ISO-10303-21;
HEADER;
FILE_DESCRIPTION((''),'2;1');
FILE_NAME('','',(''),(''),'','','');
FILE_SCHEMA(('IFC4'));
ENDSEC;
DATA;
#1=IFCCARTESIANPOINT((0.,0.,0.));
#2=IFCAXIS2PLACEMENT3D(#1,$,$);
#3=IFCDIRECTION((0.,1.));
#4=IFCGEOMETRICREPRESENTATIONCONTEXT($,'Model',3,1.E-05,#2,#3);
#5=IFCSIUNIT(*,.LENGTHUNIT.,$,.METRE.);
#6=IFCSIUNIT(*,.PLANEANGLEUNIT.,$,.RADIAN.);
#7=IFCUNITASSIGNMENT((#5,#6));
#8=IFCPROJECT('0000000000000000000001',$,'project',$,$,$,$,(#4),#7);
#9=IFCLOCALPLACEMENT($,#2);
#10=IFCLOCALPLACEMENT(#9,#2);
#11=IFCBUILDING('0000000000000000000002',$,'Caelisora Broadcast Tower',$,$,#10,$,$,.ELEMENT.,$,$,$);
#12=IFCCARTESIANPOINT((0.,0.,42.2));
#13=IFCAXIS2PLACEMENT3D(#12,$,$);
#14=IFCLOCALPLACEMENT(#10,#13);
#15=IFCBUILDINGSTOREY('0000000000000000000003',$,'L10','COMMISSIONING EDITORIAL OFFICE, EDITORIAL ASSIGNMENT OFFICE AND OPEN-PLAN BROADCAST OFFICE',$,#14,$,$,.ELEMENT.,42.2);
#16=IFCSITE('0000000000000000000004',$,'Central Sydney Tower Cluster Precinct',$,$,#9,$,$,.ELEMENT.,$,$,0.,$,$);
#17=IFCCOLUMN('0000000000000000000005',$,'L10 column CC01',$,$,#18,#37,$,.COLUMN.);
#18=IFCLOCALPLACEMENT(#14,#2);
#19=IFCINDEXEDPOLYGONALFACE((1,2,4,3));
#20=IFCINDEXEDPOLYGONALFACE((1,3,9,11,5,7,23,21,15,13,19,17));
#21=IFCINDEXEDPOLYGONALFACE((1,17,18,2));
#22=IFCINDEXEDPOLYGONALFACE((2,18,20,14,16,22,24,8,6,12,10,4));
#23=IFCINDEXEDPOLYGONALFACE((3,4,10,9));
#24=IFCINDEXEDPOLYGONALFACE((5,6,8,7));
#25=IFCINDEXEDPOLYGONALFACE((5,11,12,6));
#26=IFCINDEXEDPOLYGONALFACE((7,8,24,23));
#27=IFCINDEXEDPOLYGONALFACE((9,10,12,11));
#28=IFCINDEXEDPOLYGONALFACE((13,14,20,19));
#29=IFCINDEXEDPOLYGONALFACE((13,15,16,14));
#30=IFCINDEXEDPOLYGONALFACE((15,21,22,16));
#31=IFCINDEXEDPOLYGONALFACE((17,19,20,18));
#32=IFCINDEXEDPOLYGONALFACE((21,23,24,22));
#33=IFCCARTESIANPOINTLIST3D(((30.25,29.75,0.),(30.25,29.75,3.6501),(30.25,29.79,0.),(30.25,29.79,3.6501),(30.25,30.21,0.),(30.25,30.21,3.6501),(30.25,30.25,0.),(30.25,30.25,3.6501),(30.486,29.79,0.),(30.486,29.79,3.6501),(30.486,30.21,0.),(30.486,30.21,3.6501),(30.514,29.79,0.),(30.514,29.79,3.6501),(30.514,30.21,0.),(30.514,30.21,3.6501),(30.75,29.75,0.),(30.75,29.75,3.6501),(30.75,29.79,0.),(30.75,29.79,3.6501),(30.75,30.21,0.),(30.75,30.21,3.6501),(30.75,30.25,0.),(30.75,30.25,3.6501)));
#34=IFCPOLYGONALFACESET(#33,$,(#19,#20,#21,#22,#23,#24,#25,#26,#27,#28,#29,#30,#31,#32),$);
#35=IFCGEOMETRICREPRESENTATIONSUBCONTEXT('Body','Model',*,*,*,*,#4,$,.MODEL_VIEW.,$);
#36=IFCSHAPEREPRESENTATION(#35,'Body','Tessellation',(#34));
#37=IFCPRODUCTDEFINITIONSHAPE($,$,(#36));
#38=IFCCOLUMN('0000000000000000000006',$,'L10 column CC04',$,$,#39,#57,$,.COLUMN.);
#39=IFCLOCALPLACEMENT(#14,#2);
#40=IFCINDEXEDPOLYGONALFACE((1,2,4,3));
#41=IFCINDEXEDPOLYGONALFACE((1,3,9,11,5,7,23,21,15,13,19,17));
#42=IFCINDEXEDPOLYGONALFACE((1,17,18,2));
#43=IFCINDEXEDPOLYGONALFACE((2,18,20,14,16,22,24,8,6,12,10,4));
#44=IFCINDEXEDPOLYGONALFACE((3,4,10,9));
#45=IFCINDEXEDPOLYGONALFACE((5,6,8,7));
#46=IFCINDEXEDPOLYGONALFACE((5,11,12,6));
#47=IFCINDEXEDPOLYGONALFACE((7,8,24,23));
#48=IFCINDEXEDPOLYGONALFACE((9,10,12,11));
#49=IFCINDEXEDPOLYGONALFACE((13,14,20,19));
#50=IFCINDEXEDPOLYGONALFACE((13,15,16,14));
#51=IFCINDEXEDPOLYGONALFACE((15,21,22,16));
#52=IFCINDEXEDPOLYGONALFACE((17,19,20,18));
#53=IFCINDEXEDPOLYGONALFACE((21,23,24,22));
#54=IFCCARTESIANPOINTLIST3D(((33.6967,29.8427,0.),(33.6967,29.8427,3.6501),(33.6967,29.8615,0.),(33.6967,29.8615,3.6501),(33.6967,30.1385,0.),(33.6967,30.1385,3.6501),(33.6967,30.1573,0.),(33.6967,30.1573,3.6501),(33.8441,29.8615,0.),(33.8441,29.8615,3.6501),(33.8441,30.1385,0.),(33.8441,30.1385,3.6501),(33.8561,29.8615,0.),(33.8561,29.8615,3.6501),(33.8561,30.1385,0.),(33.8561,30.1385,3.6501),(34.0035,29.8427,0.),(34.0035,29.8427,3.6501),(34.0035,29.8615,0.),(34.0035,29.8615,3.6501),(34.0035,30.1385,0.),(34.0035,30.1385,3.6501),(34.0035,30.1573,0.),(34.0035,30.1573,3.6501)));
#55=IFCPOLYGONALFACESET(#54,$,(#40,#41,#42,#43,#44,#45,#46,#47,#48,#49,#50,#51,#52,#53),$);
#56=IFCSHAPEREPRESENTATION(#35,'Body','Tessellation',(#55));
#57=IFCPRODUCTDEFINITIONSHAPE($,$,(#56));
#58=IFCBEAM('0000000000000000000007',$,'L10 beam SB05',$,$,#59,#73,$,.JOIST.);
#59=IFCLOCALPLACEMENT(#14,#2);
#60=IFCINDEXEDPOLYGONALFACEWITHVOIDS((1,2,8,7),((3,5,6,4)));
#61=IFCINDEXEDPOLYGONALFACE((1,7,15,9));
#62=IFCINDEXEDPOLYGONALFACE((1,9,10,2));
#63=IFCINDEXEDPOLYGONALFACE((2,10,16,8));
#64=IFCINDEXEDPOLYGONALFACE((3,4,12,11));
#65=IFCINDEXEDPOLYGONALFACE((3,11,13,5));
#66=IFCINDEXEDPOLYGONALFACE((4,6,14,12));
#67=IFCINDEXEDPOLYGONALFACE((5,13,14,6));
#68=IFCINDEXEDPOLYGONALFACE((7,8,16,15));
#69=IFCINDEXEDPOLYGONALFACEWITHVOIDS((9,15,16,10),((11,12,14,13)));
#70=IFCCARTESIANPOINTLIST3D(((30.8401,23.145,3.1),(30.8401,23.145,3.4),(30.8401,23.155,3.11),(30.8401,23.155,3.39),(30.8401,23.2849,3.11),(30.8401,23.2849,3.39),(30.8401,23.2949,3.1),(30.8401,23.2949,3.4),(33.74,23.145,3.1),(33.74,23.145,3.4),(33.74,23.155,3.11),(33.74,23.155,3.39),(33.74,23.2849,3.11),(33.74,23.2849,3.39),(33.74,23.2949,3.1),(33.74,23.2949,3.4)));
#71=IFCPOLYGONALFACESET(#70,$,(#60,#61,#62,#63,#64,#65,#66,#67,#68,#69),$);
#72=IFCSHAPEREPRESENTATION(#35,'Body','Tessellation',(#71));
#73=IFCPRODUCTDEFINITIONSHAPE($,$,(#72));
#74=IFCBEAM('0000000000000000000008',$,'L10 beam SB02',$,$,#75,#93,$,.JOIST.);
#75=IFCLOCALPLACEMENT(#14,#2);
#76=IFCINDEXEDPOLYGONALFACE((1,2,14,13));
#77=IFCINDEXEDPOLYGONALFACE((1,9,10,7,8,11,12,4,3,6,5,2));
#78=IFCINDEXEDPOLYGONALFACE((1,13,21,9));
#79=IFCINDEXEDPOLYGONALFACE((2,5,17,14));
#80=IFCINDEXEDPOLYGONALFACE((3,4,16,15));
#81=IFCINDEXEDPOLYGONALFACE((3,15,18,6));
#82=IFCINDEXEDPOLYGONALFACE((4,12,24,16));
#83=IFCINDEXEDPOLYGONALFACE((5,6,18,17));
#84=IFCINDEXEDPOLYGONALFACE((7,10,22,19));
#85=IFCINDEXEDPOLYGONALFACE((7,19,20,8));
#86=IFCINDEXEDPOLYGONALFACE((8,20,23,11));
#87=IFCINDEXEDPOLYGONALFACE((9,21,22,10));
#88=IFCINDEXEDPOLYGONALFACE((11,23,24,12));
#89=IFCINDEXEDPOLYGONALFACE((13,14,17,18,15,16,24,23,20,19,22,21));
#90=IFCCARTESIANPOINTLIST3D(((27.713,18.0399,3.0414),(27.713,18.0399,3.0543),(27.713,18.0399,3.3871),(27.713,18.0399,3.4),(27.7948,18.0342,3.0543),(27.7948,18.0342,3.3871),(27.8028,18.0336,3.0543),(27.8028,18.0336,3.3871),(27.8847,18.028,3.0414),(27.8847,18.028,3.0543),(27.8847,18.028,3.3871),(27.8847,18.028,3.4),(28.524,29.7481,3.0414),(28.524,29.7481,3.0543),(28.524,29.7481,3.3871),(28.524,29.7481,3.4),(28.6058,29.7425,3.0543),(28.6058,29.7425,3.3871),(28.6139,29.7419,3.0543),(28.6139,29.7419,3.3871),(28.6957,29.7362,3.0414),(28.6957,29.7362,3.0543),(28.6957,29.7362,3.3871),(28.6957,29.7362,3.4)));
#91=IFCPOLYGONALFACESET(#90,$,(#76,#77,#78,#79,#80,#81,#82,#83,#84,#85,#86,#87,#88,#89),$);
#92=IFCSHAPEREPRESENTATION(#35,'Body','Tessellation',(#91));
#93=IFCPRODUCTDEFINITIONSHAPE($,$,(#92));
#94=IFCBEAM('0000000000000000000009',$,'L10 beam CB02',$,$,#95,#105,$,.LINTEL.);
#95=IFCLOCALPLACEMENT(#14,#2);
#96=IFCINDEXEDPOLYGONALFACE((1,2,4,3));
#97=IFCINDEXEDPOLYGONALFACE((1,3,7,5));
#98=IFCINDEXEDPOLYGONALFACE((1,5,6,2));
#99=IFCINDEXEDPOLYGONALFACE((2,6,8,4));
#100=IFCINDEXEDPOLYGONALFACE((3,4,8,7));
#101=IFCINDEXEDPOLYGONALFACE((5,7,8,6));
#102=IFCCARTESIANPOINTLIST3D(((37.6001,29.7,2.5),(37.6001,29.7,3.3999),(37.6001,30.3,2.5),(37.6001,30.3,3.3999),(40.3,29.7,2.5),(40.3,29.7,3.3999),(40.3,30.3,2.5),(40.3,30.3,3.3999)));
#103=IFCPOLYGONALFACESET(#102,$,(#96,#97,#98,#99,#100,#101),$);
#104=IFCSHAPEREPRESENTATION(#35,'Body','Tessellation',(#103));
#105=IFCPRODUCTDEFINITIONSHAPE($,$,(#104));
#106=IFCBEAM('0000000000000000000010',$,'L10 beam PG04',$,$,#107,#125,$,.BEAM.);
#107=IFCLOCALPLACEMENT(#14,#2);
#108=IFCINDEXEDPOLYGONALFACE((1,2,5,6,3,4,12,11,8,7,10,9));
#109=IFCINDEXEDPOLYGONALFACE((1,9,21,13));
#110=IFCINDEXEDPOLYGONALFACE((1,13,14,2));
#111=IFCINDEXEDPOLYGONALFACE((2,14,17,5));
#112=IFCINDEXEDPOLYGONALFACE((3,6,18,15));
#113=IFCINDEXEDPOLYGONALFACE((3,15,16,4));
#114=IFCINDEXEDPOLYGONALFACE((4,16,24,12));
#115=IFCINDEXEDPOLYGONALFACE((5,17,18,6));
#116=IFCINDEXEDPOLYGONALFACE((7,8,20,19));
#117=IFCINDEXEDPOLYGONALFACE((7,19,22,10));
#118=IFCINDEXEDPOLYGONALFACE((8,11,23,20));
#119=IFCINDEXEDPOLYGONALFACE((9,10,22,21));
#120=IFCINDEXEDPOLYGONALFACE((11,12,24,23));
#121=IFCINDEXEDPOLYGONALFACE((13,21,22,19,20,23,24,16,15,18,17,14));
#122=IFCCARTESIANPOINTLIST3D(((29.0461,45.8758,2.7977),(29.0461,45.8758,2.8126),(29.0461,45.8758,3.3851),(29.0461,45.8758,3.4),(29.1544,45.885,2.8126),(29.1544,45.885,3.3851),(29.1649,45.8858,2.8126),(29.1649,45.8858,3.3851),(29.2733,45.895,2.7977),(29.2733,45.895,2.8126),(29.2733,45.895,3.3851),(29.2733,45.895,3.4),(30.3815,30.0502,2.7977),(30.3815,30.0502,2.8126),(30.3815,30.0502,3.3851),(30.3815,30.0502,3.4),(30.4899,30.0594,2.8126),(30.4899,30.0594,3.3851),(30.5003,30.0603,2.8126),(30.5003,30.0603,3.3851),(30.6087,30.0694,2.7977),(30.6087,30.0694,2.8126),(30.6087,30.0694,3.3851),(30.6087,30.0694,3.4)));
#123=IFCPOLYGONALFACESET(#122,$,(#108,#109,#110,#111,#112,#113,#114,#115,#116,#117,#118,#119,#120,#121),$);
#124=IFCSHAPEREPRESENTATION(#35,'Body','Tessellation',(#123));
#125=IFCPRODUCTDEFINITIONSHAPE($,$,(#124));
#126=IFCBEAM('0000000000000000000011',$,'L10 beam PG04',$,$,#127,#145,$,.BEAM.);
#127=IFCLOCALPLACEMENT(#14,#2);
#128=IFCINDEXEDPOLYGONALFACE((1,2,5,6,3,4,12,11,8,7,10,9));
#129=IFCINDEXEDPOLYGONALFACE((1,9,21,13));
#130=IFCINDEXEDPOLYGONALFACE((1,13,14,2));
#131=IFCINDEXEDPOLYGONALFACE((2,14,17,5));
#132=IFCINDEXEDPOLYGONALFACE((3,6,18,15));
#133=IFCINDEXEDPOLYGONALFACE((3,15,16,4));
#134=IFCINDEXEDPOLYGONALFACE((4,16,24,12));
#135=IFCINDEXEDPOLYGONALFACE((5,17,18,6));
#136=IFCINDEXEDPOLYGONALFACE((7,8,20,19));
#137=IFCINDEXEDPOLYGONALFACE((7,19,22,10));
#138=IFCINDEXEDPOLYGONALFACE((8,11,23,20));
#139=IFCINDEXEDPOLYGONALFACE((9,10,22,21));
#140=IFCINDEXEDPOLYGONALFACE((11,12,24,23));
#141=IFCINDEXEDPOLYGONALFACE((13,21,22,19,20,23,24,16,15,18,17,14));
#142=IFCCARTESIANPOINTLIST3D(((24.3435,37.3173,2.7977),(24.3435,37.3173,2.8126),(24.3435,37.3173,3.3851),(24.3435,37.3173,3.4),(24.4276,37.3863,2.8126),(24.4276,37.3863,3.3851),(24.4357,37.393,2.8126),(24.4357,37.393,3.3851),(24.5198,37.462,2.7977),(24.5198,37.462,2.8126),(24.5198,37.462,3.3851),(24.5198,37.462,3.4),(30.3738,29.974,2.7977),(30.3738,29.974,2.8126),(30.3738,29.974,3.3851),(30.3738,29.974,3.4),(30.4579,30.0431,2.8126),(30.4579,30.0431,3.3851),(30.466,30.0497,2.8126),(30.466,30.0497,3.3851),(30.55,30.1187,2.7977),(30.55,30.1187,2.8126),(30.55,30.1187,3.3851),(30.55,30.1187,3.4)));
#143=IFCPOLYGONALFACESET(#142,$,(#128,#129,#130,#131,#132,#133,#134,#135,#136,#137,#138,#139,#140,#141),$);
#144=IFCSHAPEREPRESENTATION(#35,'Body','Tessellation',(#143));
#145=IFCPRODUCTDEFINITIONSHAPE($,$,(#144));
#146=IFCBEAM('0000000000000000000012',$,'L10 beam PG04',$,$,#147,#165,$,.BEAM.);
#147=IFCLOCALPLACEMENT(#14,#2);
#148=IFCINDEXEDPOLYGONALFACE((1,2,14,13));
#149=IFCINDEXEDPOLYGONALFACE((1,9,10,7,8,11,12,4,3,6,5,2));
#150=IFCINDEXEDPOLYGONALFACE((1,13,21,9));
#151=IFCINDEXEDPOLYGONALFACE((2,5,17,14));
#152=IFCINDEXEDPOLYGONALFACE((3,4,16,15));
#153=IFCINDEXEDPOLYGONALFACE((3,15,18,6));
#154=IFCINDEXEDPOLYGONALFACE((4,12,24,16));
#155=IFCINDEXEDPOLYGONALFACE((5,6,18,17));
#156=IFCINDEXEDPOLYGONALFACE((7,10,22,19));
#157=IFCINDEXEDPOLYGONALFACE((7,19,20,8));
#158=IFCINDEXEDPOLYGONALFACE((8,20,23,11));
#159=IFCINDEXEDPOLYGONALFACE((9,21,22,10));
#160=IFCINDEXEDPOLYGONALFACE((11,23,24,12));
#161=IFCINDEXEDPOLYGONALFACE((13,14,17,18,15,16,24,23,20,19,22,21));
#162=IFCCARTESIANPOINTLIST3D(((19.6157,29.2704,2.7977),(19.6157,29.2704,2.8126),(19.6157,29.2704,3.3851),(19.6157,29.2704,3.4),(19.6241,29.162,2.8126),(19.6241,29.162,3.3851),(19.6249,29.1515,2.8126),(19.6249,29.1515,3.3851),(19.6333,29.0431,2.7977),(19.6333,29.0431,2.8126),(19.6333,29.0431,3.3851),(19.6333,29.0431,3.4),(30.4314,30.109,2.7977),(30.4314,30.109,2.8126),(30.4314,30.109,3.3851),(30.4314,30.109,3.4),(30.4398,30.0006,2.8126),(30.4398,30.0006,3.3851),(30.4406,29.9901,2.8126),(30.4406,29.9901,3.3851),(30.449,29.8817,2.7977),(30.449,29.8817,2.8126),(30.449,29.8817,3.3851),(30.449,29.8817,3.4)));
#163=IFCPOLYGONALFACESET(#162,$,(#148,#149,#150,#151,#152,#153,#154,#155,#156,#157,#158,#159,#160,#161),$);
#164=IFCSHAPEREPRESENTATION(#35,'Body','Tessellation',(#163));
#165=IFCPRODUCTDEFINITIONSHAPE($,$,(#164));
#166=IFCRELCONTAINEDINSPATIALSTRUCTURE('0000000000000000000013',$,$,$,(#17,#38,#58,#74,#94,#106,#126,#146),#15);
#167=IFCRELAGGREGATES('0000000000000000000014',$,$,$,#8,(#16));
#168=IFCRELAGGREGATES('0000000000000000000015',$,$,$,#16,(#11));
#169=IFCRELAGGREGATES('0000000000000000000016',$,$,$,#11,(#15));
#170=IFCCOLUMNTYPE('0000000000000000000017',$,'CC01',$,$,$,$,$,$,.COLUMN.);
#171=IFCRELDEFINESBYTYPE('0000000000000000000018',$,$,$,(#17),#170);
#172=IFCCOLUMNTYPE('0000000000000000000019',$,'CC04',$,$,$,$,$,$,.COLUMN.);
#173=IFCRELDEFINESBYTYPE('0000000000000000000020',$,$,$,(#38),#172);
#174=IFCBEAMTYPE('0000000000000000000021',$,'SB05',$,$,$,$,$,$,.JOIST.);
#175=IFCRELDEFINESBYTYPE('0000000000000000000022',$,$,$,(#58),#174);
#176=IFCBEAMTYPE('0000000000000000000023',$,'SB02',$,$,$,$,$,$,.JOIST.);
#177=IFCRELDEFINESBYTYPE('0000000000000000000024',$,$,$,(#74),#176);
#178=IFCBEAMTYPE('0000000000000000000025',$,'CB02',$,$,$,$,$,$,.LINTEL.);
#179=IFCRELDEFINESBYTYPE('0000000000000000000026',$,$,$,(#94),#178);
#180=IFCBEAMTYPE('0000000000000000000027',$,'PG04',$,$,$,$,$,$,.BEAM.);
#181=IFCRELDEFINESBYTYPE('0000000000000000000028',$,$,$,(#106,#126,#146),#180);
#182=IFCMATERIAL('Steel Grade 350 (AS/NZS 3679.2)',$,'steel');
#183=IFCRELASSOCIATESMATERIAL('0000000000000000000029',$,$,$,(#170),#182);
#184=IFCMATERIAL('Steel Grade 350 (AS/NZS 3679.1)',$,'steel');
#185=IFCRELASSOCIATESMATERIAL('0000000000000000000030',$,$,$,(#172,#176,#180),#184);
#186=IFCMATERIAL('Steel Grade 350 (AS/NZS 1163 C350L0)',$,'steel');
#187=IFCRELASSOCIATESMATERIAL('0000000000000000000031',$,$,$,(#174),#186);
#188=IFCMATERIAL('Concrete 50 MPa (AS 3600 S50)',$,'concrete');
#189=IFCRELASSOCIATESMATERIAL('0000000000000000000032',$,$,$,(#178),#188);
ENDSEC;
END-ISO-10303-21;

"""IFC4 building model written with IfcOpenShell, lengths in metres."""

from ifc_helpers import new_model, si_unit, direction, frame, origin, origin_2d, place, context, subcontext, project, spatial, rectangle, hollow_rectangle, i_section, extrude, source, transform, mapped, material, material_profile, profile_set, type_object, type_shapes, element, save


model = new_model("IFC4")

# Units and contexts
model_context = context("Model", 3, precision=1e-05, world=origin(), true_north=direction((0.0, 1.0)))
body_context = subcontext(model_context, "Body", "Model", "MODEL_VIEW")
ifc_project = project(units=[si_unit("LENGTHUNIT", "METRE"), si_unit("PLANEANGLEUNIT", "RADIAN")], contexts=[model_context])

# Site, building, storey
site_placement = place(None, origin())
site = spatial("IfcSite", under=ifc_project, at=site_placement, Name="Central Sydney Tower Cluster Precinct", CompositionType="ELEMENT", RefElevation=0.0)
building_placement = place(site_placement, origin())
building = spatial("IfcBuilding", under=site, at=building_placement, Name="Caelisora Broadcast Tower", CompositionType="ELEMENT")
storey_placement = place(building_placement, frame((0.0, 0.0, 42.2)))
storey = spatial("IfcBuildingStorey", under=building, at=storey_placement, Name="L10", Description="COMMISSIONING EDITORIAL OFFICE, EDITORIAL ASSIGNMENT OFFICE AND OPEN-PLAN BROADCAST OFFICE", CompositionType="ELEMENT", Elevation=42.2)

# Columns
ifc_material_1 = material(Name="Steel Grade 350 (AS/NZS 3679.2)", Category="steel")
ifc_material_profile_1 = material_profile(ifc_material_1, i_section(OverallWidth=0.5, OverallDepth=0.5, WebThickness=0.0281, FlangeThickness=0.04, at=origin_2d()), Name="Steel Grade 350 (AS/NZS 3679.2)")
ifc_profile_set_1 = profile_set([ifc_material_profile_1], Name="Steel Grade 350 (AS/NZS 3679.2)")
column_type_1 = type_object("IfcColumnType", Name="CC01", PredefinedType="COLUMN", material=ifc_profile_set_1)
shared_shape_1 = source(origin(), body_context, "Body", "SweptSolid", [
    extrude(i_section(OverallWidth=0.5, OverallDepth=0.5, WebThickness=0.0281, FlangeThickness=0.04, at=origin_2d()), origin(), (0.0, 0.0, 1.0), 3.6501),
])
type_shapes(column_type_1, [shared_shape_1])
column_1_placement = place(storey_placement, frame((30.5, 30.0, 0.0), z_axis=(0.0, 0.0, 1.0), x_axis=(1.0, 0.0, 0.0)))
element("IfcColumn", 1, at=column_1_placement, inside=storey, type_object=column_type_1, Name="L10 column CC01", PredefinedType="COLUMN", context=body_context, shape_type="MappedRepresentation", body=[
    mapped(shared_shape_1, transform((0.0, 0.0, 0.0), scale=1.0)),
])
ifc_material_2 = material(Name="Steel Grade 350 (AS/NZS 3679.1)", Category="steel")
ifc_material_profile_2 = material_profile(ifc_material_2, i_section(OverallWidth=0.3069, OverallDepth=0.3147, WebThickness=0.012, FlangeThickness=0.0188, at=origin_2d()), Name="Steel Grade 350 (AS/NZS 3679.1)")
ifc_profile_set_2 = profile_set([ifc_material_profile_2], Name="Steel Grade 350 (AS/NZS 3679.1)")
column_type_2 = type_object("IfcColumnType", Name="CC04", PredefinedType="COLUMN", material=ifc_profile_set_2)
shared_shape_2 = source(origin(), body_context, "Body", "SweptSolid", [
    extrude(i_section(OverallWidth=0.3069, OverallDepth=0.3147, WebThickness=0.012, FlangeThickness=0.0188, at=origin_2d()), origin(), (0.0, 0.0, 1.0), 3.6501),
])
type_shapes(column_type_2, [shared_shape_2])
column_2_placement = place(storey_placement, frame((33.8501, 30.0, 0.0), z_axis=(0.0, 0.0, 1.0), x_axis=(1.0, 0.0, 0.0)))
element("IfcColumn", 2, at=column_2_placement, inside=storey, type_object=column_type_2, Name="L10 column CC04", PredefinedType="COLUMN", context=body_context, shape_type="MappedRepresentation", body=[
    mapped(shared_shape_2, transform((0.0, 0.0, 0.0), scale=1.0)),
])

# Beams
ifc_material_3 = material(Name="Steel Grade 350 (AS/NZS 1163 C350L0)", Category="steel")
ifc_material_profile_3 = material_profile(ifc_material_3, hollow_rectangle(XDim=0.1499, YDim=0.3, WallThickness=0.01, at=origin_2d()), Name="Steel Grade 350 (AS/NZS 1163 C350L0)")
ifc_profile_set_3 = profile_set([ifc_material_profile_3], Name="Steel Grade 350 (AS/NZS 1163 C350L0)")
beam_type_1 = type_object("IfcBeamType", Name="SB05", PredefinedType="JOIST", material=ifc_profile_set_3)
shared_shape_3 = source(origin(), body_context, "Body", "SweptSolid", [
    extrude(hollow_rectangle(XDim=0.1499, YDim=0.3, WallThickness=0.01, at=origin_2d()), origin(), (0.0, 0.0, 1.0), 2.8999),
])
type_shapes(beam_type_1, [shared_shape_3])
beam_1_placement = place(storey_placement, frame((30.8401, 23.22, 3.25), z_axis=(1.0, 0.0, 0.0), x_axis=(0.0, 1.0, 0.0)))
element("IfcBeam", 3, at=beam_1_placement, inside=storey, type_object=beam_type_1, Name="L10 beam SB05", PredefinedType="JOIST", context=body_context, shape_type="MappedRepresentation", body=[
    mapped(shared_shape_3, transform((0.0, 0.0, 0.0), scale=1.0)),
])
ifc_material_profile_4 = material_profile(ifc_material_2, i_section(OverallWidth=0.1721, OverallDepth=0.3586, WebThickness=0.0081, FlangeThickness=0.0129, at=origin_2d()), Name="Steel Grade 350 (AS/NZS 3679.1)")
ifc_profile_set_4 = profile_set([ifc_material_profile_4], Name="Steel Grade 350 (AS/NZS 3679.1)")
beam_type_2 = type_object("IfcBeamType", Name="SB02", PredefinedType="JOIST", material=ifc_profile_set_4)
shared_shape_4 = source(origin(), body_context, "Body", "SweptSolid", [
    extrude(i_section(OverallWidth=0.1721, OverallDepth=0.3586, WebThickness=0.0081, FlangeThickness=0.0129, at=origin_2d()), origin(), (0.0, 0.0, 1.0), 11.7363),
])
type_shapes(beam_type_2, [shared_shape_4])
beam_2_placement = place(storey_placement, frame((28.6099, 29.7422, 3.2207), z_axis=(-0.069105, -0.997609, 0.0), x_axis=(0.997609, -0.069105, 0.0)))
element("IfcBeam", 4, at=beam_2_placement, inside=storey, type_object=beam_type_2, Name="L10 beam SB02", PredefinedType="JOIST", context=body_context, shape_type="MappedRepresentation", body=[
    mapped(shared_shape_4, transform((0.0, 0.0, 0.0), scale=1.0)),
])
ifc_material_4 = material(Name="Concrete 50 MPa (AS 3600 S50)", Category="concrete")
ifc_material_profile_5 = material_profile(ifc_material_4, rectangle(XDim=0.6001, YDim=0.8999, at=origin_2d()), Name="Concrete 50 MPa (AS 3600 S50)")
ifc_profile_set_5 = profile_set([ifc_material_profile_5], Name="Concrete 50 MPa (AS 3600 S50)")
beam_type_3 = type_object("IfcBeamType", Name="CB02", PredefinedType="LINTEL", material=ifc_profile_set_5)
shared_shape_5 = source(origin(), body_context, "Body", "SweptSolid", [
    extrude(rectangle(XDim=0.6001, YDim=0.8999, at=origin_2d()), origin(), (0.0, 0.0, 1.0), 2.7),
])
type_shapes(beam_type_3, [shared_shape_5])
beam_3_placement = place(storey_placement, frame((37.6001, 30.0, 2.95), z_axis=(1.0, 0.0, 0.0), x_axis=(0.0, 1.0, 0.0)))
element("IfcBeam", 5, at=beam_3_placement, inside=storey, type_object=beam_type_3, Name="L10 beam CB02", PredefinedType="LINTEL", context=body_context, shape_type="MappedRepresentation", body=[
    mapped(shared_shape_5, transform((0.0, 0.0, 0.0), scale=1.0)),
])
ifc_material_profile_6 = material_profile(ifc_material_2, i_section(OverallWidth=0.228, OverallDepth=0.6023, WebThickness=0.0105, FlangeThickness=0.0149, at=origin_2d()), Name="Steel Grade 350 (AS/NZS 3679.1)")
ifc_profile_set_6 = profile_set([ifc_material_profile_6], Name="Steel Grade 350 (AS/NZS 3679.1)")
beam_type_4 = type_object("IfcBeamType", Name="PG04", PredefinedType="BEAM", material=ifc_profile_set_6)
shared_shape_6 = source(origin(), body_context, "Body", "SweptSolid", [
    extrude(i_section(OverallWidth=0.228, OverallDepth=0.6023, WebThickness=0.0105, FlangeThickness=0.0149, at=origin_2d()), origin(), (0.0, 0.0, 1.0), 15.8818),
])
beam_4_placement = place(storey_placement, frame((30.4951, 30.0598, 3.0989), z_axis=(-0.084086, 0.996458, 0.0), x_axis=(-0.996458, -0.084086, 0.0)))
element("IfcBeam", 6, at=beam_4_placement, inside=storey, type_object=beam_type_4, Name="L10 beam PG04", PredefinedType="BEAM", context=body_context, shape_type="MappedRepresentation", body=[
    mapped(shared_shape_6, transform((0.0, 0.0, 0.0), scale=1.0)),
])
shared_shape_7 = source(origin(), body_context, "Body", "SweptSolid", [
    extrude(i_section(OverallWidth=0.228, OverallDepth=0.6023, WebThickness=0.0105, FlangeThickness=0.0149, at=origin_2d()), origin(), (0.0, 0.0, 1.0), 9.502),
])
beam_5_placement = place(storey_placement, frame((30.4619, 30.0464, 3.0989), z_axis=(-0.634633, 0.772814, 0.0), x_axis=(-0.772814, -0.634633, 0.0)))
element("IfcBeam", 7, at=beam_5_placement, inside=storey, type_object=beam_type_4, Name="L10 beam PG04", PredefinedType="BEAM", context=body_context, shape_type="MappedRepresentation", body=[
    mapped(shared_shape_7, transform((0.0, 0.0, 0.0), scale=1.0)),
])
shared_shape_8 = source(origin(), body_context, "Body", "SweptSolid", [
    extrude(i_section(OverallWidth=0.228, OverallDepth=0.6023, WebThickness=0.0105, FlangeThickness=0.0149, at=origin_2d()), origin(), (0.0, 0.0, 1.0), 10.8481),
])
type_shapes(beam_type_4, [shared_shape_6, shared_shape_7, shared_shape_8])
beam_6_placement = place(storey_placement, frame((30.4402, 29.9954, 3.0989), z_axis=(-0.997007, -0.077306, 0.0), x_axis=(0.077306, -0.997007, 0.0)))
element("IfcBeam", 8, at=beam_6_placement, inside=storey, type_object=beam_type_4, Name="L10 beam PG04", PredefinedType="BEAM", context=body_context, shape_type="MappedRepresentation", body=[
    mapped(shared_shape_8, transform((0.0, 0.0, 0.0), scale=1.0)),
])

save(model, "model.ifc")
